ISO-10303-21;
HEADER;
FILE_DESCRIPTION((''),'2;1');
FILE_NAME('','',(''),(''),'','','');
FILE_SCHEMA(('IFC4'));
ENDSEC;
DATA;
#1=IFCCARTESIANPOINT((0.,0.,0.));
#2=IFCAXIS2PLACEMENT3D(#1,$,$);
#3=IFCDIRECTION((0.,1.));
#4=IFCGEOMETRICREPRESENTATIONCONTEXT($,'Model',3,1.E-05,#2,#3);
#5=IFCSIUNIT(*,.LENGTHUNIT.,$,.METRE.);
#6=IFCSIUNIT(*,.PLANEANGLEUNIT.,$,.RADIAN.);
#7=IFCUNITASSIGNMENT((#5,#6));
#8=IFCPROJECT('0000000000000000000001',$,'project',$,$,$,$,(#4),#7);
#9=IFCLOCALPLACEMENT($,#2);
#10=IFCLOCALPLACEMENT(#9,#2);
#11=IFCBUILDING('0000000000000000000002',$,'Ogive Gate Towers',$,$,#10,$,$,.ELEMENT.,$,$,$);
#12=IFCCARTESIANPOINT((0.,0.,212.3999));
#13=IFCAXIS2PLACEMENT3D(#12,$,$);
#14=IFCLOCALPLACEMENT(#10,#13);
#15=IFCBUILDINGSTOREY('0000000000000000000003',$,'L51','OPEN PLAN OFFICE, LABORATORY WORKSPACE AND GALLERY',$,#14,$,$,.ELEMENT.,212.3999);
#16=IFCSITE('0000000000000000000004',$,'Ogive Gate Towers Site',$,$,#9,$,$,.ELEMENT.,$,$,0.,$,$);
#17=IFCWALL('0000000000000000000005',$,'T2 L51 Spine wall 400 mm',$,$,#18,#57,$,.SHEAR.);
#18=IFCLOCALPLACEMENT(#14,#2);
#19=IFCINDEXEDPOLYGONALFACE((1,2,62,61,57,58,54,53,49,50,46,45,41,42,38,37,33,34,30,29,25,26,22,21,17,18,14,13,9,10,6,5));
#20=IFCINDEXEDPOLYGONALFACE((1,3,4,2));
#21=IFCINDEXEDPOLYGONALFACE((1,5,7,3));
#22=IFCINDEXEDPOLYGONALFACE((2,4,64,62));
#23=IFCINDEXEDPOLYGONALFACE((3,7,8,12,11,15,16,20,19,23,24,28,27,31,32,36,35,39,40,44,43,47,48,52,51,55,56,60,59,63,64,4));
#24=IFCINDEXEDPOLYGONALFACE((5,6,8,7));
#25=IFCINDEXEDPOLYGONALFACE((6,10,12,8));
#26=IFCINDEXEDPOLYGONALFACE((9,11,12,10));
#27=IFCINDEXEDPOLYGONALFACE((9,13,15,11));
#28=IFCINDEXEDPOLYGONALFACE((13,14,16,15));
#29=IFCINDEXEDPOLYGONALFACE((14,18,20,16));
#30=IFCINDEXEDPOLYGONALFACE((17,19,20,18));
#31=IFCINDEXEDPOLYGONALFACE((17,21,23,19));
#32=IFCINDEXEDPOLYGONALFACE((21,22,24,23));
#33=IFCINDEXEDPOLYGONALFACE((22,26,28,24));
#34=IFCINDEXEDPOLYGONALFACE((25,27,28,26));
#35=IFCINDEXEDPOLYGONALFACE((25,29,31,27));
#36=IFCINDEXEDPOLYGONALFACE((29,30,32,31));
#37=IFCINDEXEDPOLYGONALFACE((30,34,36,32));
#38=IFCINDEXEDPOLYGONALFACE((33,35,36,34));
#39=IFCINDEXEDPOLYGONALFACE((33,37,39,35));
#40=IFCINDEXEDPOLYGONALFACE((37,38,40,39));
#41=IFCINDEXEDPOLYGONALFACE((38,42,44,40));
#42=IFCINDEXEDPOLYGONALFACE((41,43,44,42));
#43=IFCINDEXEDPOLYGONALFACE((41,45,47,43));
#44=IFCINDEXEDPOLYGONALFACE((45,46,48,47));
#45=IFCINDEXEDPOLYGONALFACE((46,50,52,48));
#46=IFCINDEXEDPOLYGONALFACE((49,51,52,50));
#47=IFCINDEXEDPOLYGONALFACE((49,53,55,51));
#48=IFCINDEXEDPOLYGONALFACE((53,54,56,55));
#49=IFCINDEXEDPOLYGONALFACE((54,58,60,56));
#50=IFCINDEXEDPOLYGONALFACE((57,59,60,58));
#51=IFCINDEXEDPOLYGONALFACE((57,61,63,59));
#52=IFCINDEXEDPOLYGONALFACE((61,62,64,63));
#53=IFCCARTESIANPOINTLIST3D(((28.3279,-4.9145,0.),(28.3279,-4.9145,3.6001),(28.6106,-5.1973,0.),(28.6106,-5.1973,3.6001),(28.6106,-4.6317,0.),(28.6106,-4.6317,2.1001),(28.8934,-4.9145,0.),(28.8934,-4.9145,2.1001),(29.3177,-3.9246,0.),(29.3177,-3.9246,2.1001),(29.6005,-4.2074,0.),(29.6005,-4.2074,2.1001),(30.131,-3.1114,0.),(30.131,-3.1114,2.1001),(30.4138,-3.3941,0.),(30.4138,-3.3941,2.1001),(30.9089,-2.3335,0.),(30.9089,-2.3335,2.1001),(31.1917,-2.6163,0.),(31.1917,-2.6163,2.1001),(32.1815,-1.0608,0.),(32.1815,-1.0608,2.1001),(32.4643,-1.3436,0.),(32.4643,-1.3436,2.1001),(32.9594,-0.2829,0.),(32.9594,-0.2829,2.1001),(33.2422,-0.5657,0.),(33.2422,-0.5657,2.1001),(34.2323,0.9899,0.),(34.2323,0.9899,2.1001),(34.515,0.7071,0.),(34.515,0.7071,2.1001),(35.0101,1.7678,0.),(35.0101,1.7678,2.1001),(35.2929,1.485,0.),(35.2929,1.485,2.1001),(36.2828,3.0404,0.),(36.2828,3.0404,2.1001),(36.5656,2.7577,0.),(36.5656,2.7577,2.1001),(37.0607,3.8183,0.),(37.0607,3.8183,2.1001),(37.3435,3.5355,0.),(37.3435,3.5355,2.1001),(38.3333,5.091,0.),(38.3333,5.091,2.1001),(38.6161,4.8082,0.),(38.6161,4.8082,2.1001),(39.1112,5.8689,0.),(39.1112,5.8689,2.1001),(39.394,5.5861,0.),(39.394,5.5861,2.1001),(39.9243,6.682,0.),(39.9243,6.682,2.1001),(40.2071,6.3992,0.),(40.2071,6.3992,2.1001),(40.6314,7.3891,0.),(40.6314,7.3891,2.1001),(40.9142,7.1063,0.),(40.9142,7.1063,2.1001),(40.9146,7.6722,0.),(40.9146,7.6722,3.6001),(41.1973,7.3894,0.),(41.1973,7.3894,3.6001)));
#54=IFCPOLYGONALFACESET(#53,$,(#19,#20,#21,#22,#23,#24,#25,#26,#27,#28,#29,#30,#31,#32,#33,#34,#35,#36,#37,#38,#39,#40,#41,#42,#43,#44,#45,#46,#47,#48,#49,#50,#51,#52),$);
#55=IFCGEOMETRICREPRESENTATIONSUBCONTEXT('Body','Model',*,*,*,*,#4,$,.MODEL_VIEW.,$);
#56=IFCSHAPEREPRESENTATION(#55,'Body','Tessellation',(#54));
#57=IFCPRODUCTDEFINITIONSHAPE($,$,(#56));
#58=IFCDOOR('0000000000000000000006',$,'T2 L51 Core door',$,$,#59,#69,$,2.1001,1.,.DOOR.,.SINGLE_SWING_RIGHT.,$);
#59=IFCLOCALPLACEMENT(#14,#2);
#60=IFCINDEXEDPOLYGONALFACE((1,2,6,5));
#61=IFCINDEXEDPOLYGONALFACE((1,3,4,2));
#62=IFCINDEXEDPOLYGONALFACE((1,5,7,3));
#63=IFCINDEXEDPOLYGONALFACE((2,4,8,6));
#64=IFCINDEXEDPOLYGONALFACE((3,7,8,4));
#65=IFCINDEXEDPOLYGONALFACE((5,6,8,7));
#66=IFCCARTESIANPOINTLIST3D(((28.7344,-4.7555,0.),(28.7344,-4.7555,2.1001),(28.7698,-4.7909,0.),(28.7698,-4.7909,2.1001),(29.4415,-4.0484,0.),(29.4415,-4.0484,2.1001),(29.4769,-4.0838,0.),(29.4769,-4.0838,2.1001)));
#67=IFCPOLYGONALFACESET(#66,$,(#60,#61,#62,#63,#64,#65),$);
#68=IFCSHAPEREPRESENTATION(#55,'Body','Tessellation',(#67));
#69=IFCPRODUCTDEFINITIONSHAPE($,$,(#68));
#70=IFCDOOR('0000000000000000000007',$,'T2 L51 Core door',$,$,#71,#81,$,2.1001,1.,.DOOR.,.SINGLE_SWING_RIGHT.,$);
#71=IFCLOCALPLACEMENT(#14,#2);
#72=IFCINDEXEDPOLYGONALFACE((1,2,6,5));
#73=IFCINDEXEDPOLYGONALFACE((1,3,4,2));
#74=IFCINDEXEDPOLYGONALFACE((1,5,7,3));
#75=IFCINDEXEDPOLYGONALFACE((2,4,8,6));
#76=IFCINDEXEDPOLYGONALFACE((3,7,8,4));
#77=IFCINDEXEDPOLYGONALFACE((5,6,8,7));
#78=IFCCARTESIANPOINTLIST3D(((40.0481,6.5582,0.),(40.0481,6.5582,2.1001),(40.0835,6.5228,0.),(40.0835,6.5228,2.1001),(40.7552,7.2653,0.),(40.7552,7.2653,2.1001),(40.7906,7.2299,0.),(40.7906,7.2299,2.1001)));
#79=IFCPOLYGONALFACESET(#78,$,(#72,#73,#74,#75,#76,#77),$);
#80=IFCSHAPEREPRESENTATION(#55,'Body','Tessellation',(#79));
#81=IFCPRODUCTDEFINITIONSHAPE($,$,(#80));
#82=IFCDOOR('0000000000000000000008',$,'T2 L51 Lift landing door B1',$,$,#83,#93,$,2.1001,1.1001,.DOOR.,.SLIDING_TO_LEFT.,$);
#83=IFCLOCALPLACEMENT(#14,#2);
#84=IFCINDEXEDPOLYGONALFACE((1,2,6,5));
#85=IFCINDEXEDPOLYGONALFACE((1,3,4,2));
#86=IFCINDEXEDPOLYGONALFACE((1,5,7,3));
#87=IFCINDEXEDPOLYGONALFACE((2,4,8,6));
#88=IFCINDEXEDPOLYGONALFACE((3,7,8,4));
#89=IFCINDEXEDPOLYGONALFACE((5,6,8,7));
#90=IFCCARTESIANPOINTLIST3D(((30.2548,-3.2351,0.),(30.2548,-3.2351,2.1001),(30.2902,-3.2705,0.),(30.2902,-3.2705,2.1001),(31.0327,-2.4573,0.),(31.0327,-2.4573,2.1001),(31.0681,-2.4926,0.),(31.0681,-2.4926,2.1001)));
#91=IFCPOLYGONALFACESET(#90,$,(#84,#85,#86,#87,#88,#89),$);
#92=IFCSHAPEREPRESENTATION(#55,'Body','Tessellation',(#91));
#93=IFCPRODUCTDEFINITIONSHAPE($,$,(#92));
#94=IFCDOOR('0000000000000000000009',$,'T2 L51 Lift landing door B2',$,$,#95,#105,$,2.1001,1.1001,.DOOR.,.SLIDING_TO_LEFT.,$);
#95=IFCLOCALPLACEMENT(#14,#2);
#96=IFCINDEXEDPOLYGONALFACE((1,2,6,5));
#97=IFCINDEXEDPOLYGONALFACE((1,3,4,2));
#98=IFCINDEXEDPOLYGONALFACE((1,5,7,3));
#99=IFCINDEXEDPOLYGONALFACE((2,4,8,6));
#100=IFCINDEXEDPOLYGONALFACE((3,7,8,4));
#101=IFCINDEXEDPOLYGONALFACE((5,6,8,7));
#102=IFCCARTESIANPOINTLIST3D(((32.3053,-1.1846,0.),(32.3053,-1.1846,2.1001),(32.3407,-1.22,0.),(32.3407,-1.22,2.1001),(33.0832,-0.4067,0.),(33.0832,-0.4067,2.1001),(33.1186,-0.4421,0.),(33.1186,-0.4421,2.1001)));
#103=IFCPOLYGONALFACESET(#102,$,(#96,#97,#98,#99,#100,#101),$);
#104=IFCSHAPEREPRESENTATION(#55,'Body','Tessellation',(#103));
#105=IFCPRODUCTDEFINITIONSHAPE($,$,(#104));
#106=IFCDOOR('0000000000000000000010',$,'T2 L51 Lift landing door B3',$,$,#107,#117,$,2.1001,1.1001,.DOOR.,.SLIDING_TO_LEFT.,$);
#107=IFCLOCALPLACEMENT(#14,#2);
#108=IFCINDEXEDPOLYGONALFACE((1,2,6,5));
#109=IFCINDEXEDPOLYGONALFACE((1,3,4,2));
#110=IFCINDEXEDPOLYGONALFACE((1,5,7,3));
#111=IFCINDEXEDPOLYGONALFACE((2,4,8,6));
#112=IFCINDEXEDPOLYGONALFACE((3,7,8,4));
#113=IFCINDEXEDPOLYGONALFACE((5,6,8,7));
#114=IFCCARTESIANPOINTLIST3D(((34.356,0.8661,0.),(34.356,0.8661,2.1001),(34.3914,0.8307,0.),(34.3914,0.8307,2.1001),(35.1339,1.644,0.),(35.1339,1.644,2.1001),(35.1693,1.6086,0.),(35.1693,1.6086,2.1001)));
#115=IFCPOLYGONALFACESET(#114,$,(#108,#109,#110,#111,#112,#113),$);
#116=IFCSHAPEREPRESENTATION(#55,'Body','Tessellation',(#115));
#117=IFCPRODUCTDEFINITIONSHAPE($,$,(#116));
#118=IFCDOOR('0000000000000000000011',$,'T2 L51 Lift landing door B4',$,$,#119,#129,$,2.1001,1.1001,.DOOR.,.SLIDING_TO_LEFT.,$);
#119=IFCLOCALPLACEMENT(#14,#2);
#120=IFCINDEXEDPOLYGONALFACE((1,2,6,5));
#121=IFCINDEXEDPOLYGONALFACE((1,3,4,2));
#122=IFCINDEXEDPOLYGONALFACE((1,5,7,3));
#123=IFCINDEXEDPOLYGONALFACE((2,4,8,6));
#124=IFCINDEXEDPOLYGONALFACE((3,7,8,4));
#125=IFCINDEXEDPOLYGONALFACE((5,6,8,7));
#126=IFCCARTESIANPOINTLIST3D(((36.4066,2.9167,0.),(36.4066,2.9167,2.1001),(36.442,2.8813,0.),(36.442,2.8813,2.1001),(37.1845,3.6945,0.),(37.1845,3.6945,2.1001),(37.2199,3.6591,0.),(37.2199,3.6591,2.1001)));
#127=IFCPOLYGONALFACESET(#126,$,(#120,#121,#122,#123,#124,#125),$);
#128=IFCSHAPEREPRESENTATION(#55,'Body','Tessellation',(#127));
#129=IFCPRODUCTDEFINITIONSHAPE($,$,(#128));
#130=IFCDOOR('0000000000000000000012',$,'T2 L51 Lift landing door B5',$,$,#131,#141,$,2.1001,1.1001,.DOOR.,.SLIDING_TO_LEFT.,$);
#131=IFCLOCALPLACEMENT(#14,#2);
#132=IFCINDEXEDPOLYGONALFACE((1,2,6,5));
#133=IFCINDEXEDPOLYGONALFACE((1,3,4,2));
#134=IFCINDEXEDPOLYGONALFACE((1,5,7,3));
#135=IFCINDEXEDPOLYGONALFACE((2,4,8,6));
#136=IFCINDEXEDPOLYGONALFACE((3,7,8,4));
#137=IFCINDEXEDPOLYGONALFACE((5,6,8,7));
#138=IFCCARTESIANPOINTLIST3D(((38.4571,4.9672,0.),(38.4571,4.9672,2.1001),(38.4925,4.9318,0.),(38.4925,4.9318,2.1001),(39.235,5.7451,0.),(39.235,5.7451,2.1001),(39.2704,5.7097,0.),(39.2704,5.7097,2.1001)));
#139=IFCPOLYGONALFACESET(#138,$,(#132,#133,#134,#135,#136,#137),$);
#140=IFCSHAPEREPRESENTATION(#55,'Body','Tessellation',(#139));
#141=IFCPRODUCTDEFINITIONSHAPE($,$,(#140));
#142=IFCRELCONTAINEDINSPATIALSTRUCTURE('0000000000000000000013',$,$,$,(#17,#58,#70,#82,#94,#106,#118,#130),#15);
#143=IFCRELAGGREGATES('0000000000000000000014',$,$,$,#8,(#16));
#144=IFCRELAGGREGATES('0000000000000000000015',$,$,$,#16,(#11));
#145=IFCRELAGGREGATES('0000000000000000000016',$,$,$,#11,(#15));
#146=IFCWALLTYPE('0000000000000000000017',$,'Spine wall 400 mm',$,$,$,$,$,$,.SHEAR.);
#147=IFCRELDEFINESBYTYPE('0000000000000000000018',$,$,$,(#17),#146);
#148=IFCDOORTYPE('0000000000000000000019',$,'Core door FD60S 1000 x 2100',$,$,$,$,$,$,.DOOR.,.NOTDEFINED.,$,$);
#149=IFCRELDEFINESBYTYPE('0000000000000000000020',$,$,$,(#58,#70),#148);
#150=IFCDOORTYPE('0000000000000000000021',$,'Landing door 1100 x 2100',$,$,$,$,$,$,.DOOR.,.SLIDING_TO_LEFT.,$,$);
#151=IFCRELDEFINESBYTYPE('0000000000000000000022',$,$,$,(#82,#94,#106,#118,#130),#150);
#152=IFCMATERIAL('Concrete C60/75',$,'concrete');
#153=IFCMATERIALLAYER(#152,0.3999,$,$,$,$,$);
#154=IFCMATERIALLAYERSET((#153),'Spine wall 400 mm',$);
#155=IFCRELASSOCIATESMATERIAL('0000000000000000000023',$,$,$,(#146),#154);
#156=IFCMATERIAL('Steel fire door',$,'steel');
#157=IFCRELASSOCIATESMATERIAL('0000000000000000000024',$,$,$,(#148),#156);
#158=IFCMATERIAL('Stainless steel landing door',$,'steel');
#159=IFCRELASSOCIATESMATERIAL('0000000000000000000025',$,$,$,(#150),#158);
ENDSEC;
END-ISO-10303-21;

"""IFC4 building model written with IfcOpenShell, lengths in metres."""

from ifc_helpers import new_model, si_unit, direction, frame, frame_2d, origin, place, context, subcontext, project, spatial, rectangle, extrude, material, layer, layer_set, type_object, element, fill, save


model = new_model("IFC4")

# Units and contexts
model_context = context("Model", 3, precision=1e-05, world=origin(), true_north=direction((0.0, 1.0)))
body_context = subcontext(model_context, "Body", "Model", "MODEL_VIEW")
ifc_project = project(units=[si_unit("LENGTHUNIT", "METRE"), si_unit("PLANEANGLEUNIT", "RADIAN")], contexts=[model_context])

# Site, building, storey
site_placement = place(None, origin())
site = spatial("IfcSite", under=ifc_project, at=site_placement, Name="Ogive Gate Towers Site", CompositionType="ELEMENT", RefElevation=0.0)
building_placement = place(site_placement, origin())
building = spatial("IfcBuilding", under=site, at=building_placement, Name="Ogive Gate Towers", CompositionType="ELEMENT")
storey_placement = place(building_placement, frame((0.0, 0.0, 212.3999)))
storey = spatial("IfcBuildingStorey", under=building, at=storey_placement, Name="L51", Description="OPEN PLAN OFFICE, LABORATORY WORKSPACE AND GALLERY", CompositionType="ELEMENT", Elevation=212.3999)

# Shared definitions
ifc_material_1 = material(Name="Concrete C60/75", Category="concrete")

# Wall, openings, doors
ifc_layer_1 = layer(ifc_material_1, 0.3999)
ifc_layer_set_1 = layer_set([ifc_layer_1], Name="Spine wall 400 mm")
wall_type_1 = type_object("IfcWallType", Name="Spine wall 400 mm", PredefinedType="SHEAR", material=ifc_layer_set_1)
ifc_material_2 = material(Name="Steel fire door", Category="steel")
door_type_1 = type_object("IfcDoorType", Name="Core door FD60S 1000 x 2100", OperationType="NOTDEFINED", PredefinedType="DOOR", material=ifc_material_2)
ifc_material_3 = material(Name="Stainless steel landing door", Category="steel")
door_type_2 = type_object("IfcDoorType", Name="Landing door 1100 x 2100", OperationType="SLIDING_TO_LEFT", PredefinedType="DOOR", material=ifc_material_3)
wall_1_placement = place(storey_placement, frame((28.4692, -5.0559, 0.0), z_axis=(0.0, 0.0, 1.0), x_axis=(0.707107, 0.707107, 0.0)))
wall_1 = element("IfcWall", 1, at=wall_1_placement, inside=storey, type_object=wall_type_1, Name="T2 L51 Spine wall 400 mm", PredefinedType="SHEAR", context=body_context, shape_type="SweptSolid", body=[
    extrude(rectangle(XDim=17.8003, YDim=0.3999, at=frame_2d((8.9001, 0.0))), origin(), (0.0, 0.0, 1.0), 3.6001),
])
opening_1_placement = place(wall_1_placement, frame((0.3999, 0.0, 0.0)))
opening_1 = element("IfcOpeningElement", 2, at=opening_1_placement, cuts=wall_1, PredefinedType="OPENING", context=body_context, shape_type="SweptSolid", body=[
    extrude(rectangle(XDim=1.0, YDim=2.1001, at=frame_2d((0.5, 1.05))), frame((0.0, 0.21, 0.0), z_axis=(0.0, -1.0, 0.0), x_axis=(1.0, 0.0, 0.0)), (0.0, 0.0, 1.0), 0.4199),
])
opening_2_placement = place(wall_1_placement, frame((2.55, 0.0, 0.0)))
opening_2 = element("IfcOpeningElement", 3, at=opening_2_placement, cuts=wall_1, PredefinedType="OPENING", context=body_context, shape_type="SweptSolid", body=[
    extrude(rectangle(XDim=1.1001, YDim=2.1001, at=frame_2d((0.55, 1.05))), frame((0.0, 0.21, 0.0), z_axis=(0.0, -1.0, 0.0), x_axis=(1.0, 0.0, 0.0)), (0.0, 0.0, 1.0), 0.4199),
])
opening_3_placement = place(wall_1_placement, frame((5.45, 0.0, 0.0)))
opening_3 = element("IfcOpeningElement", 4, at=opening_3_placement, cuts=wall_1, PredefinedType="OPENING", context=body_context, shape_type="SweptSolid", body=[
    extrude(rectangle(XDim=1.1001, YDim=2.1001, at=frame_2d((0.55, 1.05))), frame((0.0, 0.21, 0.0), z_axis=(0.0, -1.0, 0.0), x_axis=(1.0, 0.0, 0.0)), (0.0, 0.0, 1.0), 0.4199),
])
opening_4_placement = place(wall_1_placement, frame((8.3501, 0.0, 0.0)))
opening_4 = element("IfcOpeningElement", 5, at=opening_4_placement, cuts=wall_1, PredefinedType="OPENING", context=body_context, shape_type="SweptSolid", body=[
    extrude(rectangle(XDim=1.1001, YDim=2.1001, at=frame_2d((0.55, 1.05))), frame((0.0, 0.21, 0.0), z_axis=(0.0, -1.0, 0.0), x_axis=(1.0, 0.0, 0.0)), (0.0, 0.0, 1.0), 0.4199),
])
opening_5_placement = place(wall_1_placement, frame((11.25, 0.0, 0.0)))
opening_5 = element("IfcOpeningElement", 6, at=opening_5_placement, cuts=wall_1, PredefinedType="OPENING", context=body_context, shape_type="SweptSolid", body=[
    extrude(rectangle(XDim=1.1001, YDim=2.1001, at=frame_2d((0.55, 1.05))), frame((0.0, 0.21, 0.0), z_axis=(0.0, -1.0, 0.0), x_axis=(1.0, 0.0, 0.0)), (0.0, 0.0, 1.0), 0.4199),
])
opening_6_placement = place(wall_1_placement, frame((14.1499, 0.0, 0.0)))
opening_6 = element("IfcOpeningElement", 7, at=opening_6_placement, cuts=wall_1, PredefinedType="OPENING", context=body_context, shape_type="SweptSolid", body=[
    extrude(rectangle(XDim=1.1001, YDim=2.1001, at=frame_2d((0.55, 1.05))), frame((0.0, 0.21, 0.0), z_axis=(0.0, -1.0, 0.0), x_axis=(1.0, 0.0, 0.0)), (0.0, 0.0, 1.0), 0.4199),
])
opening_7_placement = place(wall_1_placement, frame((16.3999, 0.0, 0.0)))
opening_7 = element("IfcOpeningElement", 8, at=opening_7_placement, cuts=wall_1, PredefinedType="OPENING", context=body_context, shape_type="SweptSolid", body=[
    extrude(rectangle(XDim=1.0, YDim=2.1001, at=frame_2d((0.5, 1.05))), frame((0.0, 0.21, 0.0), z_axis=(0.0, -1.0, 0.0), x_axis=(1.0, 0.0, 0.0)), (0.0, 0.0, 1.0), 0.4199),
])
door_1_placement = place(opening_1_placement, origin())
door_1 = element("IfcDoor", 9, at=door_1_placement, inside=storey, type_object=door_type_1, Name="T2 L51 Core door", OperationType="SINGLE_SWING_RIGHT", OverallHeight=2.1001, OverallWidth=1.0, PredefinedType="DOOR", context=body_context, shape_type="SweptSolid", body=[
    extrude(rectangle(XDim=1.0, YDim=2.1001, at=frame_2d((0.5, 1.05))), frame((0.0, 0.0249, 0.0), z_axis=(0.0, -1.0, 0.0), x_axis=(1.0, 0.0, 0.0)), (0.0, 0.0, 1.0), 0.05),
])
fill(opening_1, door_1)
door_2_placement = place(opening_7_placement, origin())
door_2 = element("IfcDoor", 10, at=door_2_placement, inside=storey, type_object=door_type_1, Name="T2 L51 Core door", OperationType="SINGLE_SWING_RIGHT", OverallHeight=2.1001, OverallWidth=1.0, PredefinedType="DOOR", context=body_context, shape_type="SweptSolid", body=[
    extrude(rectangle(XDim=1.0, YDim=2.1001, at=frame_2d((0.5, 1.05))), frame((0.0, 0.0249, 0.0), z_axis=(0.0, -1.0, 0.0), x_axis=(1.0, 0.0, 0.0)), (0.0, 0.0, 1.0), 0.05),
])
fill(opening_7, door_2)
door_3_placement = place(opening_2_placement, origin())
door_3 = element("IfcDoor", 11, at=door_3_placement, inside=storey, type_object=door_type_2, Name="T2 L51 Lift landing door B1", OperationType="SLIDING_TO_LEFT", OverallHeight=2.1001, OverallWidth=1.1001, PredefinedType="DOOR", context=body_context, shape_type="SweptSolid", body=[
    extrude(rectangle(XDim=1.1001, YDim=2.1001, at=frame_2d((0.55, 1.05))), frame((0.0, 0.0249, 0.0), z_axis=(0.0, -1.0, 0.0), x_axis=(1.0, 0.0, 0.0)), (0.0, 0.0, 1.0), 0.05),
])
fill(opening_2, door_3)
door_4_placement = place(opening_3_placement, origin())
door_4 = element("IfcDoor", 12, at=door_4_placement, inside=storey, type_object=door_type_2, Name="T2 L51 Lift landing door B2", OperationType="SLIDING_TO_LEFT", OverallHeight=2.1001, OverallWidth=1.1001, PredefinedType="DOOR", context=body_context, shape_type="SweptSolid", body=[
    extrude(rectangle(XDim=1.1001, YDim=2.1001, at=frame_2d((0.55, 1.05))), frame((0.0, 0.0249, 0.0), z_axis=(0.0, -1.0, 0.0), x_axis=(1.0, 0.0, 0.0)), (0.0, 0.0, 1.0), 0.05),
])
fill(opening_3, door_4)
door_5_placement = place(opening_4_placement, origin())
door_5 = element("IfcDoor", 13, at=door_5_placement, inside=storey, type_object=door_type_2, Name="T2 L51 Lift landing door B3", OperationType="SLIDING_TO_LEFT", OverallHeight=2.1001, OverallWidth=1.1001, PredefinedType="DOOR", context=body_context, shape_type="SweptSolid", body=[
    extrude(rectangle(XDim=1.1001, YDim=2.1001, at=frame_2d((0.55, 1.05))), frame((0.0, 0.0249, 0.0), z_axis=(0.0, -1.0, 0.0), x_axis=(1.0, 0.0, 0.0)), (0.0, 0.0, 1.0), 0.05),
])
fill(opening_4, door_5)
door_6_placement = place(opening_5_placement, origin())
door_6 = element("IfcDoor", 14, at=door_6_placement, inside=storey, type_object=door_type_2, Name="T2 L51 Lift landing door B4", OperationType="SLIDING_TO_LEFT", OverallHeight=2.1001, OverallWidth=1.1001, PredefinedType="DOOR", context=body_context, shape_type="SweptSolid", body=[
    extrude(rectangle(XDim=1.1001, YDim=2.1001, at=frame_2d((0.55, 1.05))), frame((0.0, 0.0249, 0.0), z_axis=(0.0, -1.0, 0.0), x_axis=(1.0, 0.0, 0.0)), (0.0, 0.0, 1.0), 0.05),
])
fill(opening_5, door_6)
door_7_placement = place(opening_6_placement, origin())
door_7 = element("IfcDoor", 15, at=door_7_placement, inside=storey, type_object=door_type_2, Name="T2 L51 Lift landing door B5", OperationType="SLIDING_TO_LEFT", OverallHeight=2.1001, OverallWidth=1.1001, PredefinedType="DOOR", context=body_context, shape_type="SweptSolid", body=[
    extrude(rectangle(XDim=1.1001, YDim=2.1001, at=frame_2d((0.55, 1.05))), frame((0.0, 0.0249, 0.0), z_axis=(0.0, -1.0, 0.0), x_axis=(1.0, 0.0, 0.0)), (0.0, 0.0, 1.0), 0.05),
])
fill(opening_6, door_7)

save(model, "model.ifc")
